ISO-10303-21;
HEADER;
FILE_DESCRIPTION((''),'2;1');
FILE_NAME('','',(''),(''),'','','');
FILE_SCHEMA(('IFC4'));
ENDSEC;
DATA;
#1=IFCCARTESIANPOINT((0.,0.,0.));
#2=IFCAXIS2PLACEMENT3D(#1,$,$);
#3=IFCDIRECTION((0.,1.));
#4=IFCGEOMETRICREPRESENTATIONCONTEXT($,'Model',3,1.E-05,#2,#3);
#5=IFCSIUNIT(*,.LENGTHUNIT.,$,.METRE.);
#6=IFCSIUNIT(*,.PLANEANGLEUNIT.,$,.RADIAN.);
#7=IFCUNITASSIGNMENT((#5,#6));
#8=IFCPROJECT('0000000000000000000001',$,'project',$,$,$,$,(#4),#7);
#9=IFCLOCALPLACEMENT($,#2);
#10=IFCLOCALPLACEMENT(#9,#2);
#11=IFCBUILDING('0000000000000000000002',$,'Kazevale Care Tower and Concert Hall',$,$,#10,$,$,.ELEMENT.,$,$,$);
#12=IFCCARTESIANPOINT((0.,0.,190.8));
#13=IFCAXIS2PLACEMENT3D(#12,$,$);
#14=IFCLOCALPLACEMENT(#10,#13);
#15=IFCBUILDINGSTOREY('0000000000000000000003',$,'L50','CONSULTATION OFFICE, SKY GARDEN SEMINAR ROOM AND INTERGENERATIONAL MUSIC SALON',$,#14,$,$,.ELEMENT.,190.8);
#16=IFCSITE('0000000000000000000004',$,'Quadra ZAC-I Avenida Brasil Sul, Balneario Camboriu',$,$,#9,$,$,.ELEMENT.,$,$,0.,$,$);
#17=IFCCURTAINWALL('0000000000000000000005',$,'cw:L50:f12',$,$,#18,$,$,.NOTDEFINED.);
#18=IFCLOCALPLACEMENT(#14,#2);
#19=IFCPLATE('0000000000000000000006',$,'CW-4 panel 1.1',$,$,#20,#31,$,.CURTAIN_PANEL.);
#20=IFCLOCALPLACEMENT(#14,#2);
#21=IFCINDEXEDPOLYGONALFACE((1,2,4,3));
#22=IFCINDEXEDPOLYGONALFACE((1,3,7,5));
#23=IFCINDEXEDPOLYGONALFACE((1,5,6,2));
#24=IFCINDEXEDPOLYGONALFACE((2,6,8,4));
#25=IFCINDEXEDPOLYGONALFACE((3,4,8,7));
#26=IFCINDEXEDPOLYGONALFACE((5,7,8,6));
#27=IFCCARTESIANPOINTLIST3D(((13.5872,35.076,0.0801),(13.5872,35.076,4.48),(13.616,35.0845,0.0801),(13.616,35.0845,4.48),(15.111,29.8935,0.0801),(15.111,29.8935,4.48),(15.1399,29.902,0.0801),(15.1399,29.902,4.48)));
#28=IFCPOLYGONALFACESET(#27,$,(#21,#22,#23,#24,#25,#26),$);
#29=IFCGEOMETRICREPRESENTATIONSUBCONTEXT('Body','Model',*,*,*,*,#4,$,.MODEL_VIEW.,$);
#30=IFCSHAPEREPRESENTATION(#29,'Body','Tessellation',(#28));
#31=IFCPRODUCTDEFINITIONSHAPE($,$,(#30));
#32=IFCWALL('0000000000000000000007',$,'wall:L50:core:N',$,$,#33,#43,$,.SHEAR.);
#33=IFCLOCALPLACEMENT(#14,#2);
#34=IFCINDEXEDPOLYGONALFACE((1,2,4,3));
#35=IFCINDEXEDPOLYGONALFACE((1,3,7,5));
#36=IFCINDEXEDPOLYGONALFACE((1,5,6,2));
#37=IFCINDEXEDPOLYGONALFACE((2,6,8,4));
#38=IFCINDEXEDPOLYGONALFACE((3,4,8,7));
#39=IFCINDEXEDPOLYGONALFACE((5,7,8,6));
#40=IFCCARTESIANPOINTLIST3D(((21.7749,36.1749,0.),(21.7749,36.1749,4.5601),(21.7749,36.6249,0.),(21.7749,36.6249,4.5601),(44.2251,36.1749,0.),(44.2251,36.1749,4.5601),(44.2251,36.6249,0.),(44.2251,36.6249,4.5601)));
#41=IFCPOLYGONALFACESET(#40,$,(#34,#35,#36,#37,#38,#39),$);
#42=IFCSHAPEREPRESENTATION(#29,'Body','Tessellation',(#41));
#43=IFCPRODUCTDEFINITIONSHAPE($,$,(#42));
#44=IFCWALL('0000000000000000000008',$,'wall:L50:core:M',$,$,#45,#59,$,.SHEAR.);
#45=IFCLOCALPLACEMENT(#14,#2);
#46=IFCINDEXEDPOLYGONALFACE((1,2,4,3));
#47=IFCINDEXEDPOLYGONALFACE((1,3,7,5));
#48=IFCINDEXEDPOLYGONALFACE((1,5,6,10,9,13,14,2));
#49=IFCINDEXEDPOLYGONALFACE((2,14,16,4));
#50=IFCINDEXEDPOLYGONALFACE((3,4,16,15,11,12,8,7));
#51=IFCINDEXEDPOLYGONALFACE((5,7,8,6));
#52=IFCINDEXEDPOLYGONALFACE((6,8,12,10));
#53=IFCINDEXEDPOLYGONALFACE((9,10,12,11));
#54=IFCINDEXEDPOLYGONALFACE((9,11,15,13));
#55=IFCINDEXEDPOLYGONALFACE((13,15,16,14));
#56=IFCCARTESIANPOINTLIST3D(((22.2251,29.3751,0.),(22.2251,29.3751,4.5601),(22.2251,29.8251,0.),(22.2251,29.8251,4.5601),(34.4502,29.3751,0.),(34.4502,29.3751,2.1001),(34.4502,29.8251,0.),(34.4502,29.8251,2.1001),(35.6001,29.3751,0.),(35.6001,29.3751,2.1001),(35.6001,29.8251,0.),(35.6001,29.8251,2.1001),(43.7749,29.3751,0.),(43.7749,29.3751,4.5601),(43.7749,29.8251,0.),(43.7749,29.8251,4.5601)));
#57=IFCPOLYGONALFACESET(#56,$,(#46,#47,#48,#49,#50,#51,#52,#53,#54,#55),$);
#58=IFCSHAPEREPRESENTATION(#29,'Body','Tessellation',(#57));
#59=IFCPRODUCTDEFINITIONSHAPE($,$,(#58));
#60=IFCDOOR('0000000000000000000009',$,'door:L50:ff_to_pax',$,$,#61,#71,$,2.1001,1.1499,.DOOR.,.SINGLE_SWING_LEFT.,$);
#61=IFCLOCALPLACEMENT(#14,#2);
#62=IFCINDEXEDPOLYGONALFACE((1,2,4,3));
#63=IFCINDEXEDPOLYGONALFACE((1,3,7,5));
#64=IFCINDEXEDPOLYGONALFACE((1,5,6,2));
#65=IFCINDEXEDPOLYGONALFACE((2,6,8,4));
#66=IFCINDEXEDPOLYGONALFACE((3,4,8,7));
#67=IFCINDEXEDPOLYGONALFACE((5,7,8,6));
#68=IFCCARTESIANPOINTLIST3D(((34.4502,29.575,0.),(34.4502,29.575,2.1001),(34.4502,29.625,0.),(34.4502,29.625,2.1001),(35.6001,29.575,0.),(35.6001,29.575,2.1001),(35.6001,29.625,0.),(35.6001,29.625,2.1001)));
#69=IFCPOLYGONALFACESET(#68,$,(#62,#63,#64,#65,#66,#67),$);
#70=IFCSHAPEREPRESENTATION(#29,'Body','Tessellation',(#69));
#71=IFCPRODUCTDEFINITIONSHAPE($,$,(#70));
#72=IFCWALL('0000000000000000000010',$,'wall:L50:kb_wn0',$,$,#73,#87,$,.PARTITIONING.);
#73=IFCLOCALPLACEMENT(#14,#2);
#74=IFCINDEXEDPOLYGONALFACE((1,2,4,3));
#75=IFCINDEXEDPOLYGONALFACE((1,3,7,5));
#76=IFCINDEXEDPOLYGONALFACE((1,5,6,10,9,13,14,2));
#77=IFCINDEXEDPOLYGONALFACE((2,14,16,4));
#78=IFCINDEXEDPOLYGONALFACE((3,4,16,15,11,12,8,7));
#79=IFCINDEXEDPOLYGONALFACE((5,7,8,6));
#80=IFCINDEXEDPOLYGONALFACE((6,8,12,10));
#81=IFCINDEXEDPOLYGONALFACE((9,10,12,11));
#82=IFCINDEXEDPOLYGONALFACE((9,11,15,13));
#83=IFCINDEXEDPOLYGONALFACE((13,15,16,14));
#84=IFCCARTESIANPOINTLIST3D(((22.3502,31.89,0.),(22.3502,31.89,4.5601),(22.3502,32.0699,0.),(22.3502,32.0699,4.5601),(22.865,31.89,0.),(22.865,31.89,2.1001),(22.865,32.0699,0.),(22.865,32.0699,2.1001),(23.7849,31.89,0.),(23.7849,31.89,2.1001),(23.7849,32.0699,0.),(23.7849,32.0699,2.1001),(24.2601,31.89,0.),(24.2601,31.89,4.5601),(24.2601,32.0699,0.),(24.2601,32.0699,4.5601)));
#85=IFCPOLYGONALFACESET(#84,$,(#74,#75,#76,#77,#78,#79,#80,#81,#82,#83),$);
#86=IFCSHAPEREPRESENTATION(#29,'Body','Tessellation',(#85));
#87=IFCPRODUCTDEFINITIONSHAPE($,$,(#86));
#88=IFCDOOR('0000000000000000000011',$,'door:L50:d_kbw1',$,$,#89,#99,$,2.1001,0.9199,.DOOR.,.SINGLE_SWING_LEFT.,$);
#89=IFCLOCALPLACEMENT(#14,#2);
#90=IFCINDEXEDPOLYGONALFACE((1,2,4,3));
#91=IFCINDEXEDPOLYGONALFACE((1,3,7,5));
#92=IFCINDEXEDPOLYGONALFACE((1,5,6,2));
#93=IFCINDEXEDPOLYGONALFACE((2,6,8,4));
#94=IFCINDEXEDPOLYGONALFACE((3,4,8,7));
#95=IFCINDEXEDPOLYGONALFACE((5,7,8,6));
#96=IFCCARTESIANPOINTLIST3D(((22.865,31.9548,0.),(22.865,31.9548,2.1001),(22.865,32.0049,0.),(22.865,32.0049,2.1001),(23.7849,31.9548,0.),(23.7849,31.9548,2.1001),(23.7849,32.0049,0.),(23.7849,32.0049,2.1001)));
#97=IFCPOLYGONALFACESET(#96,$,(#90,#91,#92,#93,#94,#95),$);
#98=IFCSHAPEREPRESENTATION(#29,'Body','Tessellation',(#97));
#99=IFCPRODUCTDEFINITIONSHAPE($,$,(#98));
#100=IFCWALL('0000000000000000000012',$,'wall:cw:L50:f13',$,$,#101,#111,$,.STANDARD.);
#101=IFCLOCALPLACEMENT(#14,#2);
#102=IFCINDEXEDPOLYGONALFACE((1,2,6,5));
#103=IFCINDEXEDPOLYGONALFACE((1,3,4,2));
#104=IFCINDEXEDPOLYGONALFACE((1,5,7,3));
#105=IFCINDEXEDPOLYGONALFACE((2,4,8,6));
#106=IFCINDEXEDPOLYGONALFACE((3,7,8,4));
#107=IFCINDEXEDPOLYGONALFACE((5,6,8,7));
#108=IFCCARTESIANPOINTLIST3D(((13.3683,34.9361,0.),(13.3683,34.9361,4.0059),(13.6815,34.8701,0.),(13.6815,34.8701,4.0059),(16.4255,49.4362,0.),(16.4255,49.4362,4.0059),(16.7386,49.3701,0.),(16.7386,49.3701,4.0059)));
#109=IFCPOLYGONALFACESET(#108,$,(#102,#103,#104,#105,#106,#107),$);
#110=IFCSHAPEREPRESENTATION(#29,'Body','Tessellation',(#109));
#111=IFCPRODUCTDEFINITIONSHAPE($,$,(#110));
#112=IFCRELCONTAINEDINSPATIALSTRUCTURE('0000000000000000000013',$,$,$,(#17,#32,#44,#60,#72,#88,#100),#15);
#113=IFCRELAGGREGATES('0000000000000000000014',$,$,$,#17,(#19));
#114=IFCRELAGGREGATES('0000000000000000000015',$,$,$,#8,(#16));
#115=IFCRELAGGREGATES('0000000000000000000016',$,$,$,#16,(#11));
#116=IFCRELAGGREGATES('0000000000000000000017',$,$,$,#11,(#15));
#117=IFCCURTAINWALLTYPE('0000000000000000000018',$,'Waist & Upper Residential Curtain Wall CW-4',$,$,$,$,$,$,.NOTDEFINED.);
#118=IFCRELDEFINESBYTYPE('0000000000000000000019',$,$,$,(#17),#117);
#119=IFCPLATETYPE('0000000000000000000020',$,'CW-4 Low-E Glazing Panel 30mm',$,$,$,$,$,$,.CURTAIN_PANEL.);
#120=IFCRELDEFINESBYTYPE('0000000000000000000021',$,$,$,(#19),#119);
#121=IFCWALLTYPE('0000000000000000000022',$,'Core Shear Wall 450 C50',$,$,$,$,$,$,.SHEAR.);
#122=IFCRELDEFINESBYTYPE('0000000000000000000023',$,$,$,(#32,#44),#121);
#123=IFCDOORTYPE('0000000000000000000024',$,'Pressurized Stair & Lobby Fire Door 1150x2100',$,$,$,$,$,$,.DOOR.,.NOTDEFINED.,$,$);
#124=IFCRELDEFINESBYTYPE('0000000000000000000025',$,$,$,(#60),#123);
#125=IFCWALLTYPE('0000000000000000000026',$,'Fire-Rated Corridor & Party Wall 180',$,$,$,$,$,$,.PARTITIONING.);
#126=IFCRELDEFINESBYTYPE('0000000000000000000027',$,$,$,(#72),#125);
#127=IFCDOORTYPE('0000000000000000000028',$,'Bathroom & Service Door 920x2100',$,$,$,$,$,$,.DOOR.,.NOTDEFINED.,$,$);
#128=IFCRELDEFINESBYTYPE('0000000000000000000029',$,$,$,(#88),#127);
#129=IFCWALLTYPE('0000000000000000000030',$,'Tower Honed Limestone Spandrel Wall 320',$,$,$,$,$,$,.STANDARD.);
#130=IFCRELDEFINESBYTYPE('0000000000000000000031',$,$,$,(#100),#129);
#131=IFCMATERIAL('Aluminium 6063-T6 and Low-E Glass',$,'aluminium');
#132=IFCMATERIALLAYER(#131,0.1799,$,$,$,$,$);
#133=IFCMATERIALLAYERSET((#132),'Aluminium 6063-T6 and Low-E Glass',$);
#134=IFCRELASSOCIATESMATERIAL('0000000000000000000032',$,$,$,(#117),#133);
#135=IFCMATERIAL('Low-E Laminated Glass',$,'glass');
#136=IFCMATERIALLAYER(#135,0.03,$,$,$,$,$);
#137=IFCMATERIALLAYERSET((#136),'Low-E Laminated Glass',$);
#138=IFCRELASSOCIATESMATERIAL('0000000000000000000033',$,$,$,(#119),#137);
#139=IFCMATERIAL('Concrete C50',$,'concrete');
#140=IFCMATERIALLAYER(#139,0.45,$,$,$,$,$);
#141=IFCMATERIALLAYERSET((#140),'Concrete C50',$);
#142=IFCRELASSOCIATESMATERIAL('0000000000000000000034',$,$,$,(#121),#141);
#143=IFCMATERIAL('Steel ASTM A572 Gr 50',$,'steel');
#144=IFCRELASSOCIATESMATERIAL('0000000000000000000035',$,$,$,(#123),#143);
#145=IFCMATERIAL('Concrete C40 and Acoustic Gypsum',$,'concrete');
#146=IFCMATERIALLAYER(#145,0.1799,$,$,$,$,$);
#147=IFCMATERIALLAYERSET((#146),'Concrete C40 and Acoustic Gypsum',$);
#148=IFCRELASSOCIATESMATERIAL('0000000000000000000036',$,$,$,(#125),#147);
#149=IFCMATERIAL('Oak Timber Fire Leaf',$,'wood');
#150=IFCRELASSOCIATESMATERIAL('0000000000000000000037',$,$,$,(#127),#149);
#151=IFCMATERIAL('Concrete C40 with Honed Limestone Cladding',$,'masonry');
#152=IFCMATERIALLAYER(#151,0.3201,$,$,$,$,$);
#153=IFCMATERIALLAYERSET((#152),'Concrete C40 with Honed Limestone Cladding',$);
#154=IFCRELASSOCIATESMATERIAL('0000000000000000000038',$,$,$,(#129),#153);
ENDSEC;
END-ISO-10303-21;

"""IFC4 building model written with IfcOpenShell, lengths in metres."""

from ifc_helpers import new_model, si_unit, direction, frame, frame_2d, origin, origin_2d, place, context, subcontext, project, spatial, rectangle, extrude, material, layer, layer_set, type_object, element, fill, aggregate, save


model = new_model("IFC4")

# Units and contexts
model_context = context("Model", 3, precision=1e-05, world=origin(), true_north=direction((0.0, 1.0)))
body_context = subcontext(model_context, "Body", "Model", "MODEL_VIEW")
ifc_project = project(units=[si_unit("LENGTHUNIT", "METRE"), si_unit("PLANEANGLEUNIT", "RADIAN")], contexts=[model_context])

# Site, building, storey
site_placement = place(None, origin())
site = spatial("IfcSite", under=ifc_project, at=site_placement, Name="Quadra ZAC-I Avenida Brasil Sul, Balneario Camboriu", CompositionType="ELEMENT", RefElevation=0.0)
building_placement = place(site_placement, origin())
building = spatial("IfcBuilding", under=site, at=building_placement, Name="Kazevale Care Tower and Concert Hall", CompositionType="ELEMENT")
storey_placement = place(building_placement, frame((0.0, 0.0, 190.8)))
storey = spatial("IfcBuildingStorey", under=building, at=storey_placement, Name="L50", Description="CONSULTATION OFFICE, SKY GARDEN SEMINAR ROOM AND INTERGENERATIONAL MUSIC SALON", CompositionType="ELEMENT", Elevation=190.8)

# Shared definitions
ifc_material_1 = material(Name="Concrete C50", Category="concrete")

# Shared definitions
ifc_material_2 = material(Name="Aluminium 6063-T6 and Low-E Glass", Category="aluminium")
ifc_layer_1 = layer(ifc_material_2, 0.1799)
ifc_layer_set_1 = layer_set([ifc_layer_1], Name="Aluminium 6063-T6 and Low-E Glass")
curtain_wall_type = type_object("IfcCurtainWallType", Name="Waist & Upper Residential Curtain Wall CW-4", PredefinedType="NOTDEFINED", material=ifc_layer_set_1)

# Curtain wall
curtain_wall_1_placement = place(storey_placement, origin())
curtain_wall_1 = element("IfcCurtainWall", 1, at=curtain_wall_1_placement, inside=storey, type_object=curtain_wall_type, Name="cw:L50:f12", PredefinedType="NOTDEFINED")

# Shared definitions
ifc_material_3 = material(Name="Steel ASTM A572 Gr 50", Category="steel")

# Plate
ifc_material_4 = material(Name="Low-E Laminated Glass", Category="glass")
ifc_layer_2 = layer(ifc_material_4, 0.03)
ifc_layer_set_2 = layer_set([ifc_layer_2], Name="Low-E Laminated Glass")
plate_type = type_object("IfcPlateType", Name="CW-4 Low-E Glazing Panel 30mm", PredefinedType="CURTAIN_PANEL", material=ifc_layer_set_2)
plate_placement = place(storey_placement, frame((14.3635, 32.489, 0.0801), z_axis=(0.0, 0.0, 1.0), x_axis=(-0.282098, 0.959386, 0.0)))
plate = element("IfcPlate", 2, at=plate_placement, type_object=plate_type, Name="CW-4 panel 1.1", PredefinedType="CURTAIN_PANEL", context=body_context, shape_type="SweptSolid", body=[
    extrude(rectangle(XDim=5.4019, YDim=0.03, at=origin_2d()), origin(), (0.0, 0.0, 1.0), 4.3999),
])
aggregate(curtain_wall_1, [plate])

# Wall
ifc_layer_3 = layer(ifc_material_1, 0.45)
ifc_layer_set_3 = layer_set([ifc_layer_3], Name="Concrete C50")
wall_type_1 = type_object("IfcWallType", Name="Core Shear Wall 450 C50", PredefinedType="SHEAR", material=ifc_layer_set_3)
wall_1_placement = place(storey_placement, frame((21.7749, 36.3999, 0.0), z_axis=(0.0, 0.0, 1.0), x_axis=(1.0, 0.0, 0.0)))
element("IfcWall", 3, at=wall_1_placement, inside=storey, type_object=wall_type_1, Name="wall:L50:core:N", PredefinedType="SHEAR", context=body_context, shape_type="SweptSolid", body=[
    extrude(rectangle(XDim=22.4502, YDim=0.45, at=frame_2d((11.2251, 0.0))), origin(), (0.0, 0.0, 1.0), 4.5601),
])

# Walls, openings, doors
wall_2_placement = place(storey_placement, frame((22.2251, 29.6001, 0.0), z_axis=(0.0, 0.0, 1.0), x_axis=(1.0, 0.0, 0.0)))
wall_2 = element("IfcWall", 4, at=wall_2_placement, inside=storey, type_object=wall_type_1, Name="wall:L50:core:M", PredefinedType="SHEAR", context=body_context, shape_type="SweptSolid", body=[
    extrude(rectangle(XDim=21.5498, YDim=0.45, at=frame_2d((10.7749, 0.0))), origin(), (0.0, 0.0, 1.0), 4.5601),
])
opening_1_placement = place(wall_2_placement, frame((12.2251, 0.0, 0.0)))
opening_1 = element("IfcOpeningElement", 5, at=opening_1_placement, cuts=wall_2, PredefinedType="OPENING", context=body_context, shape_type="SweptSolid", body=[
    extrude(rectangle(XDim=1.1499, YDim=2.1001, at=frame_2d((0.575, 1.05))), frame((0.0, 0.2349, 0.0), z_axis=(0.0, -1.0, 0.0), x_axis=(1.0, 0.0, 0.0)), (0.0, 0.0, 1.0), 0.47),
])
door_type_1 = type_object("IfcDoorType", Name="Pressurized Stair & Lobby Fire Door 1150x2100", OperationType="NOTDEFINED", PredefinedType="DOOR", material=ifc_material_3)
door_1_placement = place(opening_1_placement, origin())
door_1 = element("IfcDoor", 6, at=door_1_placement, inside=storey, type_object=door_type_1, Name="door:L50:ff_to_pax", OperationType="SINGLE_SWING_LEFT", OverallHeight=2.1001, OverallWidth=1.1499, PredefinedType="DOOR", context=body_context, shape_type="SweptSolid", body=[
    extrude(rectangle(XDim=1.1499, YDim=2.1001, at=frame_2d((0.575, 1.05))), frame((0.0, 0.0249, 0.0), z_axis=(0.0, -1.0, 0.0), x_axis=(1.0, 0.0, 0.0)), (0.0, 0.0, 1.0), 0.05),
])
fill(opening_1, door_1)
ifc_material_5 = material(Name="Concrete C40 and Acoustic Gypsum", Category="concrete")
ifc_layer_4 = layer(ifc_material_5, 0.1799)
ifc_layer_set_4 = layer_set([ifc_layer_4], Name="Concrete C40 and Acoustic Gypsum")
wall_type_2 = type_object("IfcWallType", Name="Fire-Rated Corridor & Party Wall 180", PredefinedType="PARTITIONING", material=ifc_layer_set_4)
wall_3_placement = place(storey_placement, frame((22.3501, 31.98, 0.0), z_axis=(0.0, 0.0, 1.0), x_axis=(1.0, 0.0, 0.0)))
wall_3 = element("IfcWall", 7, at=wall_3_placement, inside=storey, type_object=wall_type_2, Name="wall:L50:kb_wn0", PredefinedType="PARTITIONING", context=body_context, shape_type="SweptSolid", body=[
    extrude(rectangle(XDim=1.9099, YDim=0.1799, at=frame_2d((0.9551, 0.0))), origin(), (0.0, 0.0, 1.0), 4.5601),
])
opening_2_placement = place(wall_3_placement, frame((0.5149, 0.0, 0.0)))
opening_2 = element("IfcOpeningElement", 8, at=opening_2_placement, cuts=wall_3, PredefinedType="OPENING", context=body_context, shape_type="SweptSolid", body=[
    extrude(rectangle(XDim=0.9199, YDim=2.1001, at=frame_2d((0.46, 1.05))), frame((0.0, 0.0999, 0.0), z_axis=(0.0, -1.0, 0.0), x_axis=(1.0, 0.0, 0.0)), (0.0, 0.0, 1.0), 0.2),
])
ifc_material_6 = material(Name="Oak Timber Fire Leaf", Category="wood")
door_type_2 = type_object("IfcDoorType", Name="Bathroom & Service Door 920x2100", OperationType="NOTDEFINED", PredefinedType="DOOR", material=ifc_material_6)
door_2_placement = place(opening_2_placement, origin())
door_2 = element("IfcDoor", 9, at=door_2_placement, inside=storey, type_object=door_type_2, Name="door:L50:d_kbw1", OperationType="SINGLE_SWING_LEFT", OverallHeight=2.1001, OverallWidth=0.9199, PredefinedType="DOOR", context=body_context, shape_type="SweptSolid", body=[
    extrude(rectangle(XDim=0.9199, YDim=2.1001, at=frame_2d((0.46, 1.05))), frame((0.0, 0.0249, 0.0), z_axis=(0.0, -1.0, 0.0), x_axis=(1.0, 0.0, 0.0)), (0.0, 0.0, 1.0), 0.05),
])
fill(opening_2, door_2)

# Wall
ifc_material_7 = material(Name="Concrete C40 with Honed Limestone Cladding", Category="masonry")
ifc_layer_5 = layer(ifc_material_7, 0.3201)
ifc_layer_set_5 = layer_set([ifc_layer_5], Name="Concrete C40 with Honed Limestone Cladding")
wall_type_3 = type_object("IfcWallType", Name="Tower Honed Limestone Spandrel Wall 320", PredefinedType="STANDARD", material=ifc_layer_set_5)
wall_4_placement = place(storey_placement, frame((13.5249, 34.9031, 0.0), z_axis=(0.0, 0.0, 1.0), x_axis=(0.206301, 0.978489, 0.0)))
element("IfcWall", 10, at=wall_4_placement, inside=storey, type_object=wall_type_3, Name="wall:cw:L50:f13", PredefinedType="STANDARD", context=body_context, shape_type="SweptSolid", body=[
    extrude(rectangle(XDim=14.8188, YDim=0.3201, at=frame_2d((7.4094, 0.0))), origin(), (0.0, 0.0, 1.0), 4.0059),
])

save(model, "model.ifc")
